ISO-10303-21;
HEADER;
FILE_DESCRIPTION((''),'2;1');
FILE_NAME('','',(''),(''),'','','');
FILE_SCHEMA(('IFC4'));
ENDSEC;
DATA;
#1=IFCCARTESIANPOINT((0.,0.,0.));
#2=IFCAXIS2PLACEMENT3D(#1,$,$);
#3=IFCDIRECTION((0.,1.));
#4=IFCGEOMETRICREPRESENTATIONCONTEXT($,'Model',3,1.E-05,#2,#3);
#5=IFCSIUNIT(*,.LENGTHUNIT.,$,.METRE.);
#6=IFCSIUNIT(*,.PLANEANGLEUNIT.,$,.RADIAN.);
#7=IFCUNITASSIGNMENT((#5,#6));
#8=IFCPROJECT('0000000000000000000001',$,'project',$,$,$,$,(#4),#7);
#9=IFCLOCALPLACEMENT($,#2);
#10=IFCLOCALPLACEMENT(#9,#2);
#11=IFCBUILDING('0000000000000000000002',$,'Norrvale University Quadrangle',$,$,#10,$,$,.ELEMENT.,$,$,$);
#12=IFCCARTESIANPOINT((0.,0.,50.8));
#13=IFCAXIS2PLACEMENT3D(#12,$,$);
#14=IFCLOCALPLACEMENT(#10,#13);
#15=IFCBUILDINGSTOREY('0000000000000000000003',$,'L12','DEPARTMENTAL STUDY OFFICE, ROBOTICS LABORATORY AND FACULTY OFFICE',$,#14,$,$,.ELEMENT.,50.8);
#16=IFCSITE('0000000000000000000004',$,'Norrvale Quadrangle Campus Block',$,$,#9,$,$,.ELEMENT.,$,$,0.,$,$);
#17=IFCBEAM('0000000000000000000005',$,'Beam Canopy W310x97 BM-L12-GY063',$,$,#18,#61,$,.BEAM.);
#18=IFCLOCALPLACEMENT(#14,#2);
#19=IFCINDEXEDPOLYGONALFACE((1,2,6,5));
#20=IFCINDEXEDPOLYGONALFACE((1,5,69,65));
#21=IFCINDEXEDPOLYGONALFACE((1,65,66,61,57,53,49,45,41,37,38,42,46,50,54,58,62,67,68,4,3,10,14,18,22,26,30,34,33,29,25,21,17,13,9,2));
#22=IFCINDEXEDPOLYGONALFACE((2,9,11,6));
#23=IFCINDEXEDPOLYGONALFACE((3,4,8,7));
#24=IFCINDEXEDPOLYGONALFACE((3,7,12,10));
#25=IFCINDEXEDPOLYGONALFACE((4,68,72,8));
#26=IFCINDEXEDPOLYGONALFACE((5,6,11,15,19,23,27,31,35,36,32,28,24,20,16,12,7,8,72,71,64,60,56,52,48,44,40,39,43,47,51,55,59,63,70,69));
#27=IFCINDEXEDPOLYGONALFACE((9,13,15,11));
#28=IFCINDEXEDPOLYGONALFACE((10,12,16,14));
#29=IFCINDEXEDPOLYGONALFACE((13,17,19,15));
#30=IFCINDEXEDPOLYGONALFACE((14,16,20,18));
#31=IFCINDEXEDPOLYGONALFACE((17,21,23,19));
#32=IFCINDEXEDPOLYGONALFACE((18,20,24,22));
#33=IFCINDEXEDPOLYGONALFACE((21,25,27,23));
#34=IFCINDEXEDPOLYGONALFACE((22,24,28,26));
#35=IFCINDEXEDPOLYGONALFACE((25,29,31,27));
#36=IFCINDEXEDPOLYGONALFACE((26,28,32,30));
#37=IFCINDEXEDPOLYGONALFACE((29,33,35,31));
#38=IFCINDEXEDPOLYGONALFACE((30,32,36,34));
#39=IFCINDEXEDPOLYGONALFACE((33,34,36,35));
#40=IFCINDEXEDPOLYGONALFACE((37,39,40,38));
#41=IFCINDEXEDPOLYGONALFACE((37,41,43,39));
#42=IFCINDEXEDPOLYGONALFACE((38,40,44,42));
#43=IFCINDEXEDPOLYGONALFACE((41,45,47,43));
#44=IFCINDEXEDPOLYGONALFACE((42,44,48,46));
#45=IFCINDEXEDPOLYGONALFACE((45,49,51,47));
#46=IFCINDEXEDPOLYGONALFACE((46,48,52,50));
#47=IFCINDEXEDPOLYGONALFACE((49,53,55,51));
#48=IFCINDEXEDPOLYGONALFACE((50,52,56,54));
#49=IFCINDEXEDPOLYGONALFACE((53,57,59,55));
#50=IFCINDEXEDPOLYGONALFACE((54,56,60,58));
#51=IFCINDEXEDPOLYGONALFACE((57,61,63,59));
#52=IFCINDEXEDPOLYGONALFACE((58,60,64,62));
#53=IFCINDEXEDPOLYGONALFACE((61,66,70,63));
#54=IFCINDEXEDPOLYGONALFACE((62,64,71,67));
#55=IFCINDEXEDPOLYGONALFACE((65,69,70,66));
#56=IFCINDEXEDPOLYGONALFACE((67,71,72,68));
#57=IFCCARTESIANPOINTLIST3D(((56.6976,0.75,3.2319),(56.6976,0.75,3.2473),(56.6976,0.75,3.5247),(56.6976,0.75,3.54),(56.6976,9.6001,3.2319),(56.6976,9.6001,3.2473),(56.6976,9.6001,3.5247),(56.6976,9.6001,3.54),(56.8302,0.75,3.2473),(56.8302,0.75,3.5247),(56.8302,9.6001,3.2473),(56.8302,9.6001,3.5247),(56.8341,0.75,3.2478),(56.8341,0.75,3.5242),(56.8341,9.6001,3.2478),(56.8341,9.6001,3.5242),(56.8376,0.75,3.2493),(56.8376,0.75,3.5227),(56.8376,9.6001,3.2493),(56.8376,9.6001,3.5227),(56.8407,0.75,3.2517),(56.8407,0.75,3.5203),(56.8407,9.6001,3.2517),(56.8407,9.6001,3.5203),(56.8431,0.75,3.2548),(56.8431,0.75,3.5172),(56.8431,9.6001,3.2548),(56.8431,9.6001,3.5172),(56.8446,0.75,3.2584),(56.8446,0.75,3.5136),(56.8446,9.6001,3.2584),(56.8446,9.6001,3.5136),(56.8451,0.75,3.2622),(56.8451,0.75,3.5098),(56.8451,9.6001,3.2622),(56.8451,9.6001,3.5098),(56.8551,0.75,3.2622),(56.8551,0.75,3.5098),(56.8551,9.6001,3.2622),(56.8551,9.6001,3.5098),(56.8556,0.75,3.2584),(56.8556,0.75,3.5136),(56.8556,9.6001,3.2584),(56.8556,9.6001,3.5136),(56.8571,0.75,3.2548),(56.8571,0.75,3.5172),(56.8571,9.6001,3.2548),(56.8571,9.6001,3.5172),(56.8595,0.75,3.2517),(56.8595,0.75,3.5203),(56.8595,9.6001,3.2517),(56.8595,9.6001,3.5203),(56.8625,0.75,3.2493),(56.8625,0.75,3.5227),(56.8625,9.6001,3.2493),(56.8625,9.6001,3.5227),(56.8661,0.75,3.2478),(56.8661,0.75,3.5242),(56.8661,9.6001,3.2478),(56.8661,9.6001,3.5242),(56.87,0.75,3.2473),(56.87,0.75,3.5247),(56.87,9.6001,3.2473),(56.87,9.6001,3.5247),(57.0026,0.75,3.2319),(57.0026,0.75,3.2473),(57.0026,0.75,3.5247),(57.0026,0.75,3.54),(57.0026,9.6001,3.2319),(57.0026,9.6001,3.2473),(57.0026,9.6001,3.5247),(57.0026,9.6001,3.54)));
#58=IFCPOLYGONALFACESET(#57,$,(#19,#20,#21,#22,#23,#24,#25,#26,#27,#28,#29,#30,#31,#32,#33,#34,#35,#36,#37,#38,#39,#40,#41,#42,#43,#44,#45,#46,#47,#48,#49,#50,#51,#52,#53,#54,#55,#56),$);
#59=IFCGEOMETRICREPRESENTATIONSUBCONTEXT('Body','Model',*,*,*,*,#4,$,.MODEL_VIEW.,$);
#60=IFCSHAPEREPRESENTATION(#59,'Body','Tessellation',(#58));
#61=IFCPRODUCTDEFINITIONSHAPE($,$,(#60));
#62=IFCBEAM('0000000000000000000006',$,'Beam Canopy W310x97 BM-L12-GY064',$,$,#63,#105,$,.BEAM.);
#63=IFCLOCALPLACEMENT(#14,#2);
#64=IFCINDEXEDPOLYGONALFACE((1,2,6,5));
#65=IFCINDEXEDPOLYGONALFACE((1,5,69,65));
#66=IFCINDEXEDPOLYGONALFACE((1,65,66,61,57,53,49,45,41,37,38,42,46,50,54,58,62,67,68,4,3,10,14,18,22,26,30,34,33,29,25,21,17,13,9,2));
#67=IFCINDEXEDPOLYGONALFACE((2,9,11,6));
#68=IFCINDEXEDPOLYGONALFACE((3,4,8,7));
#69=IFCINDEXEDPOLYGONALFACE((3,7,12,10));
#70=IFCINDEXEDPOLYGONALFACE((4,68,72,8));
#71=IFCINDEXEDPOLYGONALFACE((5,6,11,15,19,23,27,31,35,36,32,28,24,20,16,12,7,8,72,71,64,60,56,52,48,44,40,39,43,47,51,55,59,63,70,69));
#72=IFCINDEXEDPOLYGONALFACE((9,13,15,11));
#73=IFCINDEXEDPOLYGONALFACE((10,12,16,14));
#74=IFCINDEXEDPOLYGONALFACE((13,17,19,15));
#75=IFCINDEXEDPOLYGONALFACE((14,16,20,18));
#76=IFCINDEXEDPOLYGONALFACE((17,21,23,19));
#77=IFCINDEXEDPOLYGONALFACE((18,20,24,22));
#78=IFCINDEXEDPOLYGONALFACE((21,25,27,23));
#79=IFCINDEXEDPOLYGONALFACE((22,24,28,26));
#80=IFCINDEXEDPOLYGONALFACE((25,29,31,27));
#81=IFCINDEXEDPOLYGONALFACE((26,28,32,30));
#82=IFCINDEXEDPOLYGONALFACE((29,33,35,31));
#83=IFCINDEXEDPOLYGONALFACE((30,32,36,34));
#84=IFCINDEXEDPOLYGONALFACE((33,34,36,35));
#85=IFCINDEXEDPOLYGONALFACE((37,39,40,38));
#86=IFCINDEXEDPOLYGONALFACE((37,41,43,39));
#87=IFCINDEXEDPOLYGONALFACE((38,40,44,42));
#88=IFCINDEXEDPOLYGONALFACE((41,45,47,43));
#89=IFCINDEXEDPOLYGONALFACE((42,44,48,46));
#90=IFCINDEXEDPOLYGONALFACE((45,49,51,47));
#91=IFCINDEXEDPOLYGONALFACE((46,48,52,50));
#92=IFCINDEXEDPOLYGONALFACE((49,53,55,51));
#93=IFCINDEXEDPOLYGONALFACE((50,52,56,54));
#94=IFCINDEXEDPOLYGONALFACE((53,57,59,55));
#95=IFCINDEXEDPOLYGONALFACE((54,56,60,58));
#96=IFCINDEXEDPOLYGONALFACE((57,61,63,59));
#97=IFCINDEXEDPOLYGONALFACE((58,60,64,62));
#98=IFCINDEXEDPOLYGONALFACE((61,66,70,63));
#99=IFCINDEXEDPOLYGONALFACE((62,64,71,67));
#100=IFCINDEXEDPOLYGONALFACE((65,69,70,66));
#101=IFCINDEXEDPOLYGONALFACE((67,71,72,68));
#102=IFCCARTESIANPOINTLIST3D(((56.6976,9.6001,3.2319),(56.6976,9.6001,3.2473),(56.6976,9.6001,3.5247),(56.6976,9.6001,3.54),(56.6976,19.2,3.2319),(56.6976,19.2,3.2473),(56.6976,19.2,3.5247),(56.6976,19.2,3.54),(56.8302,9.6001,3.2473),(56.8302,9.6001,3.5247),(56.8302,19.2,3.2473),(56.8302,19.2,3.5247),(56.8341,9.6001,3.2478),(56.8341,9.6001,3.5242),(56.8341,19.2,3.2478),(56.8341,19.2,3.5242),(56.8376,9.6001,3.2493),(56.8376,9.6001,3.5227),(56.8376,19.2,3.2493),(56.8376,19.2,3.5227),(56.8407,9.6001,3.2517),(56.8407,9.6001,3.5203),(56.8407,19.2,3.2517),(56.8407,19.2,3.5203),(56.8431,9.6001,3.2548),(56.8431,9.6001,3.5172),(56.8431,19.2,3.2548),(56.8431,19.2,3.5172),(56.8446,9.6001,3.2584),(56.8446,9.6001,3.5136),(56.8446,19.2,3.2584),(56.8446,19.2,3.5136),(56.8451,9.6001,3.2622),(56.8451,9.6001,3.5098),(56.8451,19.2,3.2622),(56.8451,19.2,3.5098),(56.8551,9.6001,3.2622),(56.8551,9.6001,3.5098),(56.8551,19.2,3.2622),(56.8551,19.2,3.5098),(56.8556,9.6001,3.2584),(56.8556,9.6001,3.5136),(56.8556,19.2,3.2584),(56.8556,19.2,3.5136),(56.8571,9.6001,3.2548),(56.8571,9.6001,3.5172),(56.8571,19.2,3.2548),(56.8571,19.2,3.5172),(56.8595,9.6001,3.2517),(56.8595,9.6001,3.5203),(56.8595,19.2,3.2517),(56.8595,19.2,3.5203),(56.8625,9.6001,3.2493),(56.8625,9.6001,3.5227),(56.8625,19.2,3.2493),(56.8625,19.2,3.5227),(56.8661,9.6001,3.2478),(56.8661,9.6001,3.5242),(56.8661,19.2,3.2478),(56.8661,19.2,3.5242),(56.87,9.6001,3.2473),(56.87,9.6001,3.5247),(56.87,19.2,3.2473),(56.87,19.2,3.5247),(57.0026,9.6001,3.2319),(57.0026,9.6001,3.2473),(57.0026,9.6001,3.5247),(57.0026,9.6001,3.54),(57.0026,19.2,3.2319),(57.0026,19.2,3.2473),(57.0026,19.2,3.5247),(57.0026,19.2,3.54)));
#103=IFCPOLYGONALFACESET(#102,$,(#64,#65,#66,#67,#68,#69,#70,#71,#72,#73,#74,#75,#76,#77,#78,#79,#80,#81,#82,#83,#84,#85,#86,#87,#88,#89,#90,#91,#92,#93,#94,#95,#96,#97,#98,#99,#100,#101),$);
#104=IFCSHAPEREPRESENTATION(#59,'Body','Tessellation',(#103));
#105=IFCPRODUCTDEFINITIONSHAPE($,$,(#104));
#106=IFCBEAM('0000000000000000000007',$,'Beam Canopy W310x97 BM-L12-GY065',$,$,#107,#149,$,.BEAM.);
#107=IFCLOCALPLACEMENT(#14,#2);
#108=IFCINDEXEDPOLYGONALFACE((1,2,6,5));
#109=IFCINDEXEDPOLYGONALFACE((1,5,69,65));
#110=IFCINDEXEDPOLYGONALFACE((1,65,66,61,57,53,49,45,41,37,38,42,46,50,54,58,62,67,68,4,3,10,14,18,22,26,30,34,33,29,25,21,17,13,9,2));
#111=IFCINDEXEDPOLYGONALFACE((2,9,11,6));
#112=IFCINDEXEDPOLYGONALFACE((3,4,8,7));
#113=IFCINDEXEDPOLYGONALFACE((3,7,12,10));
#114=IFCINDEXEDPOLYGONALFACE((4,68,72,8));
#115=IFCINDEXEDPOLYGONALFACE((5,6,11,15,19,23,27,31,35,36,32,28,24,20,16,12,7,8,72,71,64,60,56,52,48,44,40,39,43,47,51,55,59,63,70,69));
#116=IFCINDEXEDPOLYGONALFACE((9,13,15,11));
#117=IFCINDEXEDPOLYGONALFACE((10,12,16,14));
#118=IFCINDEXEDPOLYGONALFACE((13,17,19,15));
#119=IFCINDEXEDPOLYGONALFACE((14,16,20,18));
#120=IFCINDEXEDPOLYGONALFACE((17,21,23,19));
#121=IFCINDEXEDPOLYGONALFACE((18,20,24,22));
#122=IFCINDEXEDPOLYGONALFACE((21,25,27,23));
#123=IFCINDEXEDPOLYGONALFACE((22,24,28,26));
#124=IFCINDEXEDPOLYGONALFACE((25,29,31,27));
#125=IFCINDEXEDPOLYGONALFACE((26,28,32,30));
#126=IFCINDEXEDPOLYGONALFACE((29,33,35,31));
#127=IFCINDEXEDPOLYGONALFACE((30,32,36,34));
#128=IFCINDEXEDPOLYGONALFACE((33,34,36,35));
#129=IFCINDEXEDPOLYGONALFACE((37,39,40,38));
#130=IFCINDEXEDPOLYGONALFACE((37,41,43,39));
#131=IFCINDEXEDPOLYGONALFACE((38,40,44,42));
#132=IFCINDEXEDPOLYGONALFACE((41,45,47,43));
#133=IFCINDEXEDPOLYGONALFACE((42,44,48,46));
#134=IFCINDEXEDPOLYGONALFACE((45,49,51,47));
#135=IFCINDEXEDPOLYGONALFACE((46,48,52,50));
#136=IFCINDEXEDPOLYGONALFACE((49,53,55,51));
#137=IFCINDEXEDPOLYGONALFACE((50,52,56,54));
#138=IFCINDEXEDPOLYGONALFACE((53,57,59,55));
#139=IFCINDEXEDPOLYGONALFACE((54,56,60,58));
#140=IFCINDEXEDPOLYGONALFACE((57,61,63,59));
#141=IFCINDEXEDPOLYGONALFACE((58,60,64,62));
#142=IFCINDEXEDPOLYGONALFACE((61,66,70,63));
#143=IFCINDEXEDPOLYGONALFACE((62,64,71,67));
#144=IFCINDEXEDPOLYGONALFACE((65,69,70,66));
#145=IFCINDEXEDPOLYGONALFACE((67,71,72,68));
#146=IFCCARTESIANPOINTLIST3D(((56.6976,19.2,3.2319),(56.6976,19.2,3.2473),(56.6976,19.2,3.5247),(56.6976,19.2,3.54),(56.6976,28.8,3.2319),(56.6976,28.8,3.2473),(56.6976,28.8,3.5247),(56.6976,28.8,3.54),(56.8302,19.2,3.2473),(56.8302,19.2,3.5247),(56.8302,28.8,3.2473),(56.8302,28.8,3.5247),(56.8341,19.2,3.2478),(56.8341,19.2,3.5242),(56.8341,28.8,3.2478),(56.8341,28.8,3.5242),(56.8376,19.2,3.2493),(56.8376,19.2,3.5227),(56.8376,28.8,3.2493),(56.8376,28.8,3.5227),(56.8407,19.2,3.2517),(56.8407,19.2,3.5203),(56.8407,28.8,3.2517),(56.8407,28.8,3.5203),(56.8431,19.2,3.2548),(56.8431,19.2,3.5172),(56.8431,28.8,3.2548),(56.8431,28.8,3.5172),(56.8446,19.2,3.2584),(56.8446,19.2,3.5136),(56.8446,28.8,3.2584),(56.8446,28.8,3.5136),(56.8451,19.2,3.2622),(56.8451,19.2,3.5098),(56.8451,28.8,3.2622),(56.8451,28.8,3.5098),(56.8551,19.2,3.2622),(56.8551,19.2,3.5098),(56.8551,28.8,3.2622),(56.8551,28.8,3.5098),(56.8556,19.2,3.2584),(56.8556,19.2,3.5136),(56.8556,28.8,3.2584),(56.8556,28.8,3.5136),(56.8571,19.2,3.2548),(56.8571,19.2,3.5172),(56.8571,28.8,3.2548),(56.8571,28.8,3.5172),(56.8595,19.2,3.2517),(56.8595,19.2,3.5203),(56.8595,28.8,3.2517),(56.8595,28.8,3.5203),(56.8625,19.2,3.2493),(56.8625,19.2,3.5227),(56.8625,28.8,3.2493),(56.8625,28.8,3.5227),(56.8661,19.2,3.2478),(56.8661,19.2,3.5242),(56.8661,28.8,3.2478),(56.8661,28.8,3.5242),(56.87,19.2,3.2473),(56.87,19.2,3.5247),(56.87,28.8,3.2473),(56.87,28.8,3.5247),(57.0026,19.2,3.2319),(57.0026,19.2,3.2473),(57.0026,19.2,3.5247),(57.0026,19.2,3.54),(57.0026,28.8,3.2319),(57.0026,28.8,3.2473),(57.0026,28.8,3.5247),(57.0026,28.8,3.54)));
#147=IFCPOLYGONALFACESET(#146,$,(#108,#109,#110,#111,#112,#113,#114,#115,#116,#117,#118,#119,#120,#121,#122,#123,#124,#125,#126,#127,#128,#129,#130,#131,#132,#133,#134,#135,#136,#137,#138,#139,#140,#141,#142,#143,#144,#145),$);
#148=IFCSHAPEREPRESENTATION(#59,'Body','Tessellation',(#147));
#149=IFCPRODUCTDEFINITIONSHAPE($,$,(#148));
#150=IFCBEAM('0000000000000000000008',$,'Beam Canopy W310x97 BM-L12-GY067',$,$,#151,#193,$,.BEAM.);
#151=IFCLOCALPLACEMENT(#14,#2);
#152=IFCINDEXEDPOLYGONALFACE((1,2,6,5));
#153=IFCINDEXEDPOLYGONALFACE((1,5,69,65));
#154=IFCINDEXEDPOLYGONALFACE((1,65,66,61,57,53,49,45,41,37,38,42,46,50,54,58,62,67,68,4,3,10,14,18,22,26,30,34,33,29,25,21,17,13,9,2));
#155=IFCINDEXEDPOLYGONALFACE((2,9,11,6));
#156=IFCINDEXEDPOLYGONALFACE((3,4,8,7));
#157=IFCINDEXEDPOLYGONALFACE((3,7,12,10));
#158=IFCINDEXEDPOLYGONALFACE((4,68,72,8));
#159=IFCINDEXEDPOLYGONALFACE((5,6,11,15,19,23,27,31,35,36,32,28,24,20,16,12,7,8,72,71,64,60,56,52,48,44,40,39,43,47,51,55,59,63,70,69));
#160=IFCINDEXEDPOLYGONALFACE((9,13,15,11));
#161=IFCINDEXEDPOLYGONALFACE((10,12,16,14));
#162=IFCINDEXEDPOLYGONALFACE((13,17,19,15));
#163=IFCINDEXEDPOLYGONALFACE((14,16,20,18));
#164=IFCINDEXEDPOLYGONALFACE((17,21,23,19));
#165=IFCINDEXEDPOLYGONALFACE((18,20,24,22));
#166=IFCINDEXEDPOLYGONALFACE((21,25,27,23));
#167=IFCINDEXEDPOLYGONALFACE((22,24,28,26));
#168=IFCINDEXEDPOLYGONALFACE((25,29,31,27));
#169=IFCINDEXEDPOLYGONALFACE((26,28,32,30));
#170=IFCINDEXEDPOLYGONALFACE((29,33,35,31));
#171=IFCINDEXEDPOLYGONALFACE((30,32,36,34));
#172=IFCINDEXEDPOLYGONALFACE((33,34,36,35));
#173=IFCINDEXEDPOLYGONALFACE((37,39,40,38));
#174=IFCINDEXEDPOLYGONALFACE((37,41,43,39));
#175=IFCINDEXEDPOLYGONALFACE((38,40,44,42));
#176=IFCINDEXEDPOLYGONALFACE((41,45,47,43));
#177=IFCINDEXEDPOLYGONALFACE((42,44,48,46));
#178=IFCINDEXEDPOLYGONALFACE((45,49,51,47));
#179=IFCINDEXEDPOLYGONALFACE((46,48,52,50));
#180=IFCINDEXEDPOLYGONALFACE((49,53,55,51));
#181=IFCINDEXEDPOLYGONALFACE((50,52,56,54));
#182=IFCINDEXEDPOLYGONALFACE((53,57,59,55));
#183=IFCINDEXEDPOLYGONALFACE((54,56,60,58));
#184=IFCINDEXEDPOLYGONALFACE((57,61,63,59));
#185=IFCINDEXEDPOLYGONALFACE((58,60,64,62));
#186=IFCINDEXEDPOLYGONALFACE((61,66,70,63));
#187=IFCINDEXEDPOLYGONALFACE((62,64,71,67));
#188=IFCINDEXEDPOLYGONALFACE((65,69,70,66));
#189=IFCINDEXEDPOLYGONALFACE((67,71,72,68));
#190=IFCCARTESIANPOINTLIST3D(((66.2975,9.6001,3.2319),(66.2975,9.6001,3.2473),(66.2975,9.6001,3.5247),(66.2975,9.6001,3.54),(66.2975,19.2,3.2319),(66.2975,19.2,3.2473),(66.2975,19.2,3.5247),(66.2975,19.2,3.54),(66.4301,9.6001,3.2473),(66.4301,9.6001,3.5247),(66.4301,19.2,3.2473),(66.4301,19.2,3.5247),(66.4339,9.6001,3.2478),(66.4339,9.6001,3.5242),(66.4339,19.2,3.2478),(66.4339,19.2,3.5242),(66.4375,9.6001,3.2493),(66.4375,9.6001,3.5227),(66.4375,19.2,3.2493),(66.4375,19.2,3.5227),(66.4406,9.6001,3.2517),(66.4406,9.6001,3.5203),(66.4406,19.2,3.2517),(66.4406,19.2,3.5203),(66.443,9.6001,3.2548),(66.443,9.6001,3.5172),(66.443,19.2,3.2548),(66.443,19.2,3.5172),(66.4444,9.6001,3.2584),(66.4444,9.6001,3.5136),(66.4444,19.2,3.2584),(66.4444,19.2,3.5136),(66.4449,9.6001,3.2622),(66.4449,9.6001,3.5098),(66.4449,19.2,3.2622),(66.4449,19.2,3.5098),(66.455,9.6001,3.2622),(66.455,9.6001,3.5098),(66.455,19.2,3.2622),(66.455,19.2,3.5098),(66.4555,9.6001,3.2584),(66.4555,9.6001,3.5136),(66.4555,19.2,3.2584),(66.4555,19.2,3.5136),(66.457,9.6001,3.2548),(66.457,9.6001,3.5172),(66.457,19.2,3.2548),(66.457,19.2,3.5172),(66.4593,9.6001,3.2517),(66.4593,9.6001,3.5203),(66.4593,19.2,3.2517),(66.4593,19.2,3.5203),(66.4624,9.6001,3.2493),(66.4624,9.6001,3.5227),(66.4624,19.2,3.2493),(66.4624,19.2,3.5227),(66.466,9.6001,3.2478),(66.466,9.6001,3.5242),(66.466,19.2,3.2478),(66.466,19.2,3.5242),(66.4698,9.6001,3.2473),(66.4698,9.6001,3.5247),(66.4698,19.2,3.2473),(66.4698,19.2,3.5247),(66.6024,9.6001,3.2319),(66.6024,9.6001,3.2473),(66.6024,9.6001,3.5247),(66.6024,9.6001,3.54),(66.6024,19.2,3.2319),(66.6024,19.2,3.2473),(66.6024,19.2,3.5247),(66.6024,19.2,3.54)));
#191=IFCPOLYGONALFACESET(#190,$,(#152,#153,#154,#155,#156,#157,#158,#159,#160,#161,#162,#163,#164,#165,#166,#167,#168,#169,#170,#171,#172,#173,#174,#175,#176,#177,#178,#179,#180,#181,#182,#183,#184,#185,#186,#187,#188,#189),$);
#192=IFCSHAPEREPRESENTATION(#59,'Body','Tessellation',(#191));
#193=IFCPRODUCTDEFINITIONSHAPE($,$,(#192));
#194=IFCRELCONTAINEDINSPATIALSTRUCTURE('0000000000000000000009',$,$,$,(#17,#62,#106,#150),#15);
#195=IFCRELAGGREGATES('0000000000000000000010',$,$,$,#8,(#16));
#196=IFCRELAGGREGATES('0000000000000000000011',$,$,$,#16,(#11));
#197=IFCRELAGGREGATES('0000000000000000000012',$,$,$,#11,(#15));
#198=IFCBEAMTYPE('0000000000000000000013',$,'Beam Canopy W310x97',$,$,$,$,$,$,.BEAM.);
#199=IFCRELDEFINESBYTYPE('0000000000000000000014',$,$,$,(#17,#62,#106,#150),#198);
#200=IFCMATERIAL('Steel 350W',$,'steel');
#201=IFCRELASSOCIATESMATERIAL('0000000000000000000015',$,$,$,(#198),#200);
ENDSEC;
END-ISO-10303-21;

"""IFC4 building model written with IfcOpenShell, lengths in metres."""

from ifc_helpers import new_model, si_unit, direction, frame, origin, origin_2d, place, context, subcontext, project, spatial, i_section, extrude, material, material_profile, profile_set, type_object, element, save


model = new_model("IFC4")

# Units and contexts
model_context = context("Model", 3, precision=1e-05, world=origin(), true_north=direction((0.0, 1.0)))
body_context = subcontext(model_context, "Body", "Model", "MODEL_VIEW")
ifc_project = project(units=[si_unit("LENGTHUNIT", "METRE"), si_unit("PLANEANGLEUNIT", "RADIAN")], contexts=[model_context])

# Site, building, storey
site_placement = place(None, origin())
site = spatial("IfcSite", under=ifc_project, at=site_placement, Name="Norrvale Quadrangle Campus Block", CompositionType="ELEMENT", RefElevation=0.0)
building_placement = place(site_placement, origin())
building = spatial("IfcBuilding", under=site, at=building_placement, Name="Norrvale University Quadrangle", CompositionType="ELEMENT")
storey_placement = place(building_placement, frame((0.0, 0.0, 50.8)))
storey = spatial("IfcBuildingStorey", under=building, at=storey_placement, Name="L12", Description="DEPARTMENTAL STUDY OFFICE, ROBOTICS LABORATORY AND FACULTY OFFICE", CompositionType="ELEMENT", Elevation=50.8)

# Beams
ifc_material_1 = material(Name="Steel 350W", Category="steel")
ifc_material_profile_1 = material_profile(ifc_material_1, i_section(OverallWidth=0.3049, OverallDepth=0.3081, WebThickness=0.01, FlangeThickness=0.0154, FilletRadius=0.0149, at=origin_2d()), Name="Steel 350W")
ifc_profile_set_1 = profile_set([ifc_material_profile_1], Name="Steel 350W")
beam_type_1 = type_object("IfcBeamType", Name="Beam Canopy W310x97", PredefinedType="BEAM", material=ifc_profile_set_1)
beam_1_placement = place(storey_placement, frame((56.8501, 0.75, 3.386), z_axis=(0.0, 1.0, 0.0), x_axis=(-1.0, 0.0, 0.0)))
element("IfcBeam", 1, at=beam_1_placement, inside=storey, type_object=beam_type_1, Name="Beam Canopy W310x97 BM-L12-GY063", PredefinedType="BEAM", context=body_context, shape_type="SweptSolid", body=[
    extrude(i_section(OverallWidth=0.3049, OverallDepth=0.3081, WebThickness=0.01, FlangeThickness=0.0154, FilletRadius=0.0149, at=origin_2d()), origin(), (0.0, 0.0, 1.0), 8.8501),
])
beam_2_placement = place(storey_placement, frame((56.8501, 9.6001, 3.386), z_axis=(0.0, 1.0, 0.0), x_axis=(-1.0, 0.0, 0.0)))
element("IfcBeam", 2, at=beam_2_placement, inside=storey, type_object=beam_type_1, Name="Beam Canopy W310x97 BM-L12-GY064", PredefinedType="BEAM", context=body_context, shape_type="SweptSolid", body=[
    extrude(i_section(OverallWidth=0.3049, OverallDepth=0.3081, WebThickness=0.01, FlangeThickness=0.0154, FilletRadius=0.0149, at=origin_2d()), origin(), (0.0, 0.0, 1.0), 9.5999),
])
beam_3_placement = place(storey_placement, frame((56.8501, 19.2, 3.386), z_axis=(0.0, 1.0, 0.0), x_axis=(-1.0, 0.0, 0.0)))
element("IfcBeam", 3, at=beam_3_placement, inside=storey, type_object=beam_type_1, Name="Beam Canopy W310x97 BM-L12-GY065", PredefinedType="BEAM", context=body_context, shape_type="SweptSolid", body=[
    extrude(i_section(OverallWidth=0.3049, OverallDepth=0.3081, WebThickness=0.01, FlangeThickness=0.0154, FilletRadius=0.0149, at=origin_2d()), origin(), (0.0, 0.0, 1.0), 9.6001),
])
beam_4_placement = place(storey_placement, frame((66.45, 9.6001, 3.386), z_axis=(0.0, 1.0, 0.0), x_axis=(-1.0, 0.0, 0.0)))
element("IfcBeam", 4, at=beam_4_placement, inside=storey, type_object=beam_type_1, Name="Beam Canopy W310x97 BM-L12-GY067", PredefinedType="BEAM", context=body_context, shape_type="SweptSolid", body=[
    extrude(i_section(OverallWidth=0.3049, OverallDepth=0.3081, WebThickness=0.01, FlangeThickness=0.0154, FilletRadius=0.0149, at=origin_2d()), origin(), (0.0, 0.0, 1.0), 9.5999),
])

save(model, "model.ifc")
